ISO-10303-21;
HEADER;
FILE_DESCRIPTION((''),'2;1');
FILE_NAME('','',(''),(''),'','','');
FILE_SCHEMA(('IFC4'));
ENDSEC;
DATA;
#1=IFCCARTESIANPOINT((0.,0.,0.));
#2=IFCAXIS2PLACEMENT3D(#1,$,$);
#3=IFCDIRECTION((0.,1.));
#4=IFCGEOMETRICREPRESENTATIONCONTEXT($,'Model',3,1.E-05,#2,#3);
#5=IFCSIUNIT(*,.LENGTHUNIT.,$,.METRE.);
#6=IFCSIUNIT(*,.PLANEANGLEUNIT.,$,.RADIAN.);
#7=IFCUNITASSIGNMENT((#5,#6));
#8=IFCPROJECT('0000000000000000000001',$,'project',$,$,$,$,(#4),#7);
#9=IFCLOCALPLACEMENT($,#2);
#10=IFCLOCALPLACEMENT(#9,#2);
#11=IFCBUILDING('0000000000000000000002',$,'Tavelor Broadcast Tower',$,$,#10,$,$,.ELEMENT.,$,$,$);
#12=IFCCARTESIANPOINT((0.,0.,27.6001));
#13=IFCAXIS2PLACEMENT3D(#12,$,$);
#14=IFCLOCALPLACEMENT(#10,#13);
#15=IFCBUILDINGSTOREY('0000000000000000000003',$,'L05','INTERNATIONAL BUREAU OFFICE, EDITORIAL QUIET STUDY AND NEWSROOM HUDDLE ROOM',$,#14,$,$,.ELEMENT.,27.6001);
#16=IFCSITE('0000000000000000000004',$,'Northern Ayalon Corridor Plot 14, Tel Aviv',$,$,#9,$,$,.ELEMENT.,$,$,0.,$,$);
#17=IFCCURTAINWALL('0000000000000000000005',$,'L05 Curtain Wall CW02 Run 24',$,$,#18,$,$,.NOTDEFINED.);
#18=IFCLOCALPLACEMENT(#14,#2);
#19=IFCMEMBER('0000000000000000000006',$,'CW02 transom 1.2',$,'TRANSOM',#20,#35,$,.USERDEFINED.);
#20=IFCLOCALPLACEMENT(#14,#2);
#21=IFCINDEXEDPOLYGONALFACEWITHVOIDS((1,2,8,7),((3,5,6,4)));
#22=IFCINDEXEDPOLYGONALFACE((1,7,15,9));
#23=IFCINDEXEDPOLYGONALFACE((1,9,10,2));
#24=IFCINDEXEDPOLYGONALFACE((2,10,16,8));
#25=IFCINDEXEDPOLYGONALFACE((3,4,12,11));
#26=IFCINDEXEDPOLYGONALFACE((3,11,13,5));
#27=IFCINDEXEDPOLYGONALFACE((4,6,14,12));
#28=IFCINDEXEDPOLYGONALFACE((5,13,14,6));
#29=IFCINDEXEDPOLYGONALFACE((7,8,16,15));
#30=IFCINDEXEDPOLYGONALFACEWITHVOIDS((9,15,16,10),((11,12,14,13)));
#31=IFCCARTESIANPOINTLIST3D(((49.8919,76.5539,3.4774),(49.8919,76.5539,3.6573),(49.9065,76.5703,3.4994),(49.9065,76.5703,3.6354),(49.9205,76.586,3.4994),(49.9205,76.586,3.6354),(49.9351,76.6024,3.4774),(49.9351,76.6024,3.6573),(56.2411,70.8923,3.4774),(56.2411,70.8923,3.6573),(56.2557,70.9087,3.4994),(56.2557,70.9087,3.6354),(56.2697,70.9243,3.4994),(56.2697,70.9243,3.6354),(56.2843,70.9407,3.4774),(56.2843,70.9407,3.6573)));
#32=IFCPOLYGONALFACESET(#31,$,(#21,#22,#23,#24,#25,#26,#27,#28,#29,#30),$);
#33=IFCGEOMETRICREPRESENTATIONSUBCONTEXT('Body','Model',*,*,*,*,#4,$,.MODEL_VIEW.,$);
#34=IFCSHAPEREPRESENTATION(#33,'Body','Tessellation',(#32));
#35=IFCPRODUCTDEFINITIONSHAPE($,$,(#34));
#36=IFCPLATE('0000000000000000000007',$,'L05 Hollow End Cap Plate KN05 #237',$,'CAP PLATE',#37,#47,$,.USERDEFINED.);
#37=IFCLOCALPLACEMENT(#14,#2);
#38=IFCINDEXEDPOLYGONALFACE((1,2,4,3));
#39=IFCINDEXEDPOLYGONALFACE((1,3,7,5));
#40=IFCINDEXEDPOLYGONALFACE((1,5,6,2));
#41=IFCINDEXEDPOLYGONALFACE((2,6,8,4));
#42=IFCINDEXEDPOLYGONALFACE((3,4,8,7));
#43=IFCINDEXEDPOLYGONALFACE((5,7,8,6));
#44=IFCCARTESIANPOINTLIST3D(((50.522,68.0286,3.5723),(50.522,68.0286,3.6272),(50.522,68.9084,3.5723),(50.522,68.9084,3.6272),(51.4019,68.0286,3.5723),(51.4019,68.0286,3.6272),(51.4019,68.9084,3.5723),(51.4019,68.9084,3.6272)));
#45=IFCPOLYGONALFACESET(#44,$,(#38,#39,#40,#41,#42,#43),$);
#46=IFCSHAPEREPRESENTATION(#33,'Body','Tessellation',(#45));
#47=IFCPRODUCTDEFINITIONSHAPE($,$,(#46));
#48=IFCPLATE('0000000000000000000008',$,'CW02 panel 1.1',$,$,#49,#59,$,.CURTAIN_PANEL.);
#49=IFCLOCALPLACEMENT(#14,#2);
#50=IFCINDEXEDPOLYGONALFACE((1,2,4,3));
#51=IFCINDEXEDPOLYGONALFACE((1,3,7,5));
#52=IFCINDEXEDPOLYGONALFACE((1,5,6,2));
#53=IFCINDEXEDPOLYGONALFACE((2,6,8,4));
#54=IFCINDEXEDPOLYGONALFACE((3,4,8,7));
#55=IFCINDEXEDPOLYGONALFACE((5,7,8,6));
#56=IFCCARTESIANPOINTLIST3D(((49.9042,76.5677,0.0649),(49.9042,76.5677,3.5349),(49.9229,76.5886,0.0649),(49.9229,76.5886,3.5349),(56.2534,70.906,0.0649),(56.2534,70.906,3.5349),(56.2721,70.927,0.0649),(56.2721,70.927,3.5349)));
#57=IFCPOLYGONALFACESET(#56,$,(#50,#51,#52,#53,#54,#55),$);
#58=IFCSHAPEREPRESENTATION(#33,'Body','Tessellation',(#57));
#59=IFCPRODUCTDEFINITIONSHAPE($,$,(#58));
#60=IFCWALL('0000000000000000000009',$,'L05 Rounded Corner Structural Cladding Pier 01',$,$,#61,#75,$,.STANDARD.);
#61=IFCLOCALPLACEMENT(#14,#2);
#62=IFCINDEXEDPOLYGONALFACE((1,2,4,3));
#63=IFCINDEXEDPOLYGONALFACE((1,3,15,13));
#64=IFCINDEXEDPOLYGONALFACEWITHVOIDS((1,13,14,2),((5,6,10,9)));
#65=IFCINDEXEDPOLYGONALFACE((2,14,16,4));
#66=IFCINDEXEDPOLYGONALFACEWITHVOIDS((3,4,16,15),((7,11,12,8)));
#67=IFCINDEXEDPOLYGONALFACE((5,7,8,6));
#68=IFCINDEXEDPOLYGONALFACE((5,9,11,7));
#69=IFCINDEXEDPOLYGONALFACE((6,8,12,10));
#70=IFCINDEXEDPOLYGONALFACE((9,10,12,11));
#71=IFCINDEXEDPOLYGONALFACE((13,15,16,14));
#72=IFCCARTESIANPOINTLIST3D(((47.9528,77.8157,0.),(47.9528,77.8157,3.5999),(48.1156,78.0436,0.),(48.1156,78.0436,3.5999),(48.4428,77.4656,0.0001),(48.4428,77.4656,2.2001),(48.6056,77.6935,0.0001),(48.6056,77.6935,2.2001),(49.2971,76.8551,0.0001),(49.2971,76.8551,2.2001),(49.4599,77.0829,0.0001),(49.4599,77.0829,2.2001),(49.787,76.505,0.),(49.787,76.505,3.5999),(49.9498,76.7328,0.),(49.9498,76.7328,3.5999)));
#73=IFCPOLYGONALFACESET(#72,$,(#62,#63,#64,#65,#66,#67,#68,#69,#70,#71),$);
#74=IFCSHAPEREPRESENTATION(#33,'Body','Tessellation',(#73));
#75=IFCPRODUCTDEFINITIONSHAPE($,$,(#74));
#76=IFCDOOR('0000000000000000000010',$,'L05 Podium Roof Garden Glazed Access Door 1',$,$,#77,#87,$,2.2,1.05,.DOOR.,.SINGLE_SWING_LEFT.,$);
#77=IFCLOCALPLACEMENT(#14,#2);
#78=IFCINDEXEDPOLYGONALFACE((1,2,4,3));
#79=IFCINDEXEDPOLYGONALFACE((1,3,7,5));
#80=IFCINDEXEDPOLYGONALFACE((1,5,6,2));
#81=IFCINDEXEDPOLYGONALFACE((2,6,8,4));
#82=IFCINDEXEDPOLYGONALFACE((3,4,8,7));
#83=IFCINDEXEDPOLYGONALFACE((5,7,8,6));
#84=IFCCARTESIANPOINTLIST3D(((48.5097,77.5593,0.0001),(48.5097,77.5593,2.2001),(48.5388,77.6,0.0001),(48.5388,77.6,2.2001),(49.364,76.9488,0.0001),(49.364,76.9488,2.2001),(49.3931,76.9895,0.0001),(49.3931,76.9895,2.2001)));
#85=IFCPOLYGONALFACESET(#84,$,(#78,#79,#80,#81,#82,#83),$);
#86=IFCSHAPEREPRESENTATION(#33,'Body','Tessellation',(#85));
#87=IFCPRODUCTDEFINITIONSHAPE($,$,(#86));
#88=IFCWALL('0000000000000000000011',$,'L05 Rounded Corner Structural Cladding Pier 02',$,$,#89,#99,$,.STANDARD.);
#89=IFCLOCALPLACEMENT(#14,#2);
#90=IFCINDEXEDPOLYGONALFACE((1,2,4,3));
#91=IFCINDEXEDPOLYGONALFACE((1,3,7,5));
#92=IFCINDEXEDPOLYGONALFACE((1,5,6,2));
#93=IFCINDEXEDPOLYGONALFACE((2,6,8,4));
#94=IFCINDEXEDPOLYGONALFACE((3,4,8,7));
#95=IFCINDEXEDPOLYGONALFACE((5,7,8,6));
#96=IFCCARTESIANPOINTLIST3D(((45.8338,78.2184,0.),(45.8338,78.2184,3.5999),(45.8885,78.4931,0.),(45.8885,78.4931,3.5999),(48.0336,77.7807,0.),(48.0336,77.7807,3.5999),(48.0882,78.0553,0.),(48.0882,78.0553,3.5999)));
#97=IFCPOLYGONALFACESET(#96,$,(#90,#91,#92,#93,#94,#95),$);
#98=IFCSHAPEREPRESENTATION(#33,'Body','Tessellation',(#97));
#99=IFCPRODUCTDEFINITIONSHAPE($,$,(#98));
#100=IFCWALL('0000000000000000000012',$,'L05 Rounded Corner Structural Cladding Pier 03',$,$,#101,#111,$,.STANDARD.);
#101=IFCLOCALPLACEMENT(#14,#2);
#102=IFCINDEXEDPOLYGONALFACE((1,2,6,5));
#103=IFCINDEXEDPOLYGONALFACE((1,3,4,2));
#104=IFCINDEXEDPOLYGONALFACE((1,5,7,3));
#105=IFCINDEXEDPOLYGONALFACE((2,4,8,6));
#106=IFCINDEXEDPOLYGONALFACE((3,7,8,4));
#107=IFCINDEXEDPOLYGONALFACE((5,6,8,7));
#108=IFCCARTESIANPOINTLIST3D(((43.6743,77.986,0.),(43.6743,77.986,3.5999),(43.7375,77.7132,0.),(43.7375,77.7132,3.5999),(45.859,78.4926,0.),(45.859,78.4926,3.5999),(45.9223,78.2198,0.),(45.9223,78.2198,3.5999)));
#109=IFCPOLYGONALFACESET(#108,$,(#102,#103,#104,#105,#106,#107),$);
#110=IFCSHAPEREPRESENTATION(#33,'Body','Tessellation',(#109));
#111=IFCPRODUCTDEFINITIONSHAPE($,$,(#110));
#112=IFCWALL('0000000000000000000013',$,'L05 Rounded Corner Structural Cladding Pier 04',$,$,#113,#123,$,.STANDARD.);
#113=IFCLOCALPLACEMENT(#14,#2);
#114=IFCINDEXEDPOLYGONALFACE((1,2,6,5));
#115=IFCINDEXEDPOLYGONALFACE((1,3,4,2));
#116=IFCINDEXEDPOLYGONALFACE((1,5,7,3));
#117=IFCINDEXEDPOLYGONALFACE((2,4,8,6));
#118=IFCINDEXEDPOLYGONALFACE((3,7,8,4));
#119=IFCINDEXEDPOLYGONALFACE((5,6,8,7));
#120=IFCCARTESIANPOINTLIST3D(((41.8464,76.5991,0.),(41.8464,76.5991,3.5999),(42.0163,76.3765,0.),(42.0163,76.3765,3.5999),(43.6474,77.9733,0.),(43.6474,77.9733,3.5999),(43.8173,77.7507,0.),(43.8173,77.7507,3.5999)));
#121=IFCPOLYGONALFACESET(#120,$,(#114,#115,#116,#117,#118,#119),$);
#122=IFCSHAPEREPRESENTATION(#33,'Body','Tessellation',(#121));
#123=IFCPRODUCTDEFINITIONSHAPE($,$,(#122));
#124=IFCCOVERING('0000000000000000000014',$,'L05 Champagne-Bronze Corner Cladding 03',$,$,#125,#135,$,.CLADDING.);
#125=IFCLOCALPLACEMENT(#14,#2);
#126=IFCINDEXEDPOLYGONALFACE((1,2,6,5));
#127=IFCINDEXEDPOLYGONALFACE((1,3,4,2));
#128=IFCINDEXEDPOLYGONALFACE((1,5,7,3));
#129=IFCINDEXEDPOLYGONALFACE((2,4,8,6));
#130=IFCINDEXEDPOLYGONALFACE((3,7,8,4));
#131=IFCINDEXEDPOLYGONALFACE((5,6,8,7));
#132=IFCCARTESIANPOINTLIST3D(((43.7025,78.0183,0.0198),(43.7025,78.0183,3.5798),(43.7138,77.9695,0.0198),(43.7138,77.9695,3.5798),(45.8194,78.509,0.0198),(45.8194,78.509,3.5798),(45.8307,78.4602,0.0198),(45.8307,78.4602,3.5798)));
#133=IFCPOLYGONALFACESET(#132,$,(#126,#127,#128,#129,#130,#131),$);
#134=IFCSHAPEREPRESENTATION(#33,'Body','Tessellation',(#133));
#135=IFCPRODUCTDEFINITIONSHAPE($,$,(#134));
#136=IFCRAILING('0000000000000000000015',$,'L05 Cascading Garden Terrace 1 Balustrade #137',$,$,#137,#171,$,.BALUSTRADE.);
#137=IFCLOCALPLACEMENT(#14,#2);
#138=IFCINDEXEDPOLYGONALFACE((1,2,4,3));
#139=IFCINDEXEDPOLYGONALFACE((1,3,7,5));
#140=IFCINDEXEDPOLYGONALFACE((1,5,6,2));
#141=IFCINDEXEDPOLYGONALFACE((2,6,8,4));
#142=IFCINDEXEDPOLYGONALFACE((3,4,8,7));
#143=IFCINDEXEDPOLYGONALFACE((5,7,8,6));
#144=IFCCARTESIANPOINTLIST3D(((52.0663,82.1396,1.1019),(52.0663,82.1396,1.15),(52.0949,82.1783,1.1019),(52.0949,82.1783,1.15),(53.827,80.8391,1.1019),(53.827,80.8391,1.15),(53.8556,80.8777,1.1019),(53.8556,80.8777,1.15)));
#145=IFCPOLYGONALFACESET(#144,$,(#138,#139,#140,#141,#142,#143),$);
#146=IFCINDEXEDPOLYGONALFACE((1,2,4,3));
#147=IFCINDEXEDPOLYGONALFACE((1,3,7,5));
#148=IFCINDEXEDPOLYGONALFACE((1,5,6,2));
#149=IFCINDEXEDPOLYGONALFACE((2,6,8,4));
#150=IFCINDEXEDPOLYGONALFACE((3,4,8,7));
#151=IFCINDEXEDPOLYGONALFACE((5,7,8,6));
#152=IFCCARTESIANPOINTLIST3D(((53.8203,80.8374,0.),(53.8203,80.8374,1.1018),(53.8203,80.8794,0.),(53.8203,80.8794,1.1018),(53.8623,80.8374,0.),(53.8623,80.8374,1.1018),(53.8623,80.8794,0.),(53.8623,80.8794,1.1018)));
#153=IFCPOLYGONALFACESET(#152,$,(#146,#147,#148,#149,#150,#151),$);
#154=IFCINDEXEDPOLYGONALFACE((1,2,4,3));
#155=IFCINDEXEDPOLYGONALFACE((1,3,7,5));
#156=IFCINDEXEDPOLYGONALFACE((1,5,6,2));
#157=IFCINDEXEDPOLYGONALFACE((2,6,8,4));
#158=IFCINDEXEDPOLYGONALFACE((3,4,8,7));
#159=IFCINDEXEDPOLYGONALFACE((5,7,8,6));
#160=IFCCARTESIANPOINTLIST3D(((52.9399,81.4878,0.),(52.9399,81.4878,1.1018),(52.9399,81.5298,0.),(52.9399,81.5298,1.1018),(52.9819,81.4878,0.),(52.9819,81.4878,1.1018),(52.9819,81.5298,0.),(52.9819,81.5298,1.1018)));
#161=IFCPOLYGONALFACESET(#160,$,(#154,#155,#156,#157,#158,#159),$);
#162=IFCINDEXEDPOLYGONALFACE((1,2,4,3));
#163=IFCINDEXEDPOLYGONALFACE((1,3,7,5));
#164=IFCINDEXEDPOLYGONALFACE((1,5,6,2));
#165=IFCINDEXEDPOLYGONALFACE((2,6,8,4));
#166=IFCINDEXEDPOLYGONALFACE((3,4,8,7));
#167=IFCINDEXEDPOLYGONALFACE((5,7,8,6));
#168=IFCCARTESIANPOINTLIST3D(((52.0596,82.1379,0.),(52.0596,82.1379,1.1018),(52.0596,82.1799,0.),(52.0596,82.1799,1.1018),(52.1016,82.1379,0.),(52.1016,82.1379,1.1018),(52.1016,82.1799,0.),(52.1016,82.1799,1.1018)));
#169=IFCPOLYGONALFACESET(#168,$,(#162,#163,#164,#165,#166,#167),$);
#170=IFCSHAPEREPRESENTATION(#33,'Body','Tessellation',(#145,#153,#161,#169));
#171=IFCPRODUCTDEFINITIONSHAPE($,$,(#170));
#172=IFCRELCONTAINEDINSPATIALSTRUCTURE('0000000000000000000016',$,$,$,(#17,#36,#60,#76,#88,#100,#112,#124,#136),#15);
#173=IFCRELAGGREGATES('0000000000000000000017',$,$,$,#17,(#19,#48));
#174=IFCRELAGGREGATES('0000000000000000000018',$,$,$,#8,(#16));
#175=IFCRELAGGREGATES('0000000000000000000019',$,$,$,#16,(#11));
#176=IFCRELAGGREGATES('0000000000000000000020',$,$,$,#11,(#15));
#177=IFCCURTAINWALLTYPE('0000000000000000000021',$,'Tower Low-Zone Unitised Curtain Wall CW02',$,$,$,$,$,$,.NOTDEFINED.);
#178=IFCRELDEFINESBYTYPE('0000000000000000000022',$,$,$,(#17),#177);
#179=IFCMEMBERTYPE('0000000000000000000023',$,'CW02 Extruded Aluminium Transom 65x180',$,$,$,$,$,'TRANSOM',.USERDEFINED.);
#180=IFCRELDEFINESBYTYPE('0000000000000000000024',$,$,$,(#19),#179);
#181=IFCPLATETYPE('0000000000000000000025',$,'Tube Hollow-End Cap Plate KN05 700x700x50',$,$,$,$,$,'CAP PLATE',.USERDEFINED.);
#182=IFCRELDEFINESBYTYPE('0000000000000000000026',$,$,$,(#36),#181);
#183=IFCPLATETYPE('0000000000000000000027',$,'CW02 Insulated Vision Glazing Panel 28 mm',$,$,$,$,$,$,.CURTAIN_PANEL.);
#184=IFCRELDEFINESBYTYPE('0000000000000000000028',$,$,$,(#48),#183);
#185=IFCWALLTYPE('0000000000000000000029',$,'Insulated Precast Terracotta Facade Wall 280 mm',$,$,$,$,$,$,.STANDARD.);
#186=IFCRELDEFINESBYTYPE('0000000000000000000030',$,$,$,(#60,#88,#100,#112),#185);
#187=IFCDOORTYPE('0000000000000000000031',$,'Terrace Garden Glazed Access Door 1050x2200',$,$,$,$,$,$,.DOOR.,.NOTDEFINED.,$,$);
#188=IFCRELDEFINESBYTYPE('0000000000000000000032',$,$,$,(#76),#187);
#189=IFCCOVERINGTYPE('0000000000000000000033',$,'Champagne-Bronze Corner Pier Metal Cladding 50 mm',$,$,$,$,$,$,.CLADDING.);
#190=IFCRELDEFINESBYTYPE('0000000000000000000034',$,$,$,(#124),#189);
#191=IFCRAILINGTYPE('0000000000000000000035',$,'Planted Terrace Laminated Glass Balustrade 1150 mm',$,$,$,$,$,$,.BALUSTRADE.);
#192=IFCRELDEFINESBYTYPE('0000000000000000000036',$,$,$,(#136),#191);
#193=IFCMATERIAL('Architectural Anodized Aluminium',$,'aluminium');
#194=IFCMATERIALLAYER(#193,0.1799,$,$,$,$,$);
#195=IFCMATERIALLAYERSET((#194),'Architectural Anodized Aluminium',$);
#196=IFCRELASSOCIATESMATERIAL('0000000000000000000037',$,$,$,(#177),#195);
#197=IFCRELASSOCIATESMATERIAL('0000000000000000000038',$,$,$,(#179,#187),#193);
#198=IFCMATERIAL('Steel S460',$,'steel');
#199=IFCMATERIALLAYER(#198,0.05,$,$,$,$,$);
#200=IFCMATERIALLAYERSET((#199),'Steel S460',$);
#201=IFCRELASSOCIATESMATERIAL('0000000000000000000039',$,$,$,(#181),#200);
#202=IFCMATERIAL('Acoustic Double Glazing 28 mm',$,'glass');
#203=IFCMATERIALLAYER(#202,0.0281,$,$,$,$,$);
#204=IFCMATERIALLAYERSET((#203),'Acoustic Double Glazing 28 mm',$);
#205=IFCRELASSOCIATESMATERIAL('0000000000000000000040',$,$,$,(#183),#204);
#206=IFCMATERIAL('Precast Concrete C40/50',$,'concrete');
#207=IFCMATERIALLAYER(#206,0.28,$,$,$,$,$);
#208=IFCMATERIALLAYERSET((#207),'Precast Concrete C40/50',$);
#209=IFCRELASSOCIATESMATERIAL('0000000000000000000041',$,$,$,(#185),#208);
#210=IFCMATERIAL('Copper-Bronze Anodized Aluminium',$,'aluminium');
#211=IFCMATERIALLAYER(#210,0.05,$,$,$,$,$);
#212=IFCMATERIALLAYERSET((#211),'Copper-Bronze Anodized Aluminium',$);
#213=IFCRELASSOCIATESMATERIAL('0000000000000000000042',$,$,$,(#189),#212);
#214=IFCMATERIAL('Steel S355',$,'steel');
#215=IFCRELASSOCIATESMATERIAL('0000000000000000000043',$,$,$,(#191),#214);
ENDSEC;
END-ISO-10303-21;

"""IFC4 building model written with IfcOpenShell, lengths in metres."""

from ifc_helpers import new_model, si_unit, direction, frame, frame_2d, origin, origin_2d, place, context, subcontext, project, spatial, rectangle, hollow_rectangle, extrude, source, transform, mapped, material, layer, layer_set, material_profile, profile_set, type_object, type_shapes, element, fill, aggregate, save


model = new_model("IFC4")

# Units and contexts
model_context = context("Model", 3, precision=1e-05, world=origin(), true_north=direction((0.0, 1.0)))
body_context = subcontext(model_context, "Body", "Model", "MODEL_VIEW")
ifc_project = project(units=[si_unit("LENGTHUNIT", "METRE"), si_unit("PLANEANGLEUNIT", "RADIAN")], contexts=[model_context])

# Site, building, storey
site_placement = place(None, origin())
site = spatial("IfcSite", under=ifc_project, at=site_placement, Name="Northern Ayalon Corridor Plot 14, Tel Aviv", CompositionType="ELEMENT", RefElevation=0.0)
building_placement = place(site_placement, origin())
building = spatial("IfcBuilding", under=site, at=building_placement, Name="Tavelor Broadcast Tower", CompositionType="ELEMENT")
storey_placement = place(building_placement, frame((0.0, 0.0, 27.6001)))
storey = spatial("IfcBuildingStorey", under=building, at=storey_placement, Name="L05", Description="INTERNATIONAL BUREAU OFFICE, EDITORIAL QUIET STUDY AND NEWSROOM HUDDLE ROOM", CompositionType="ELEMENT", Elevation=27.6001)

# Shared definitions
ifc_material_1 = material(Name="Steel S460", Category="steel")

# Shared definitions
ifc_material_2 = material(Name="Steel S355", Category="steel")

# Shared definitions
ifc_material_3 = material(Name="Architectural Anodized Aluminium", Category="aluminium")
ifc_layer_1 = layer(ifc_material_3, 0.1799)
ifc_layer_set_1 = layer_set([ifc_layer_1], Name="Architectural Anodized Aluminium")
curtain_wall_type = type_object("IfcCurtainWallType", Name="Tower Low-Zone Unitised Curtain Wall CW02", PredefinedType="NOTDEFINED", material=ifc_layer_set_1)

# Curtain wall, member
curtain_wall_1_placement = place(storey_placement, origin())
curtain_wall_1 = element("IfcCurtainWall", 1, at=curtain_wall_1_placement, inside=storey, type_object=curtain_wall_type, Name="L05 Curtain Wall CW02 Run 24", PredefinedType="NOTDEFINED")
ifc_material_profile_1 = material_profile(ifc_material_3, hollow_rectangle(XDim=0.0649, YDim=0.1799, WallThickness=0.022, at=origin_2d()), Name="RHS 65x180x22")
ifc_profile_set_1 = profile_set([ifc_material_profile_1], Name="Architectural Anodized Aluminium")
member_type_1 = type_object("IfcMemberType", Name="CW02 Extruded Aluminium Transom 65x180", ElementType="TRANSOM", PredefinedType="USERDEFINED", material=ifc_profile_set_1)
shared_shape_1 = source(origin(), body_context, "Body", "SweptSolid", [
    extrude(hollow_rectangle(XDim=0.0649, YDim=0.1799, WallThickness=0.022, at=origin_2d()), origin(), (0.0, 0.0, 1.0), 8.5068),
])
type_shapes(member_type_1, [shared_shape_1])
member_1_placement = place(storey_placement, frame((56.2627, 70.9165, 3.5674), z_axis=(-0.74636, 0.665542, 0.0), x_axis=(-0.665542, -0.74636, 0.0)))
member_1 = element("IfcMember", 2, at=member_1_placement, type_object=member_type_1, Name="CW02 transom 1.2", ObjectType="TRANSOM", PredefinedType="USERDEFINED", context=body_context, shape_type="MappedRepresentation", body=[
    mapped(shared_shape_1, transform((0.0, 0.0, 0.0), scale=1.0)),
])

# Plates
ifc_layer_2 = layer(ifc_material_1, 0.05)
ifc_layer_set_2 = layer_set([ifc_layer_2], Name="Steel S460")
plate_type_1 = type_object("IfcPlateType", Name="Tube Hollow-End Cap Plate KN05 700x700x50", ElementType="CAP PLATE", PredefinedType="USERDEFINED", material=ifc_layer_set_2)
shared_shape_2 = source(origin(), body_context, "Body", "SweptSolid", [
    extrude(rectangle(XDim=0.8799, YDim=0.8799, at=origin_2d()), origin(), (0.0, 0.0, 1.0), 0.0549),
])
type_shapes(plate_type_1, [shared_shape_2])
plate_1_placement = place(storey_placement, frame((50.9619, 68.4685, 3.5723), z_axis=(0.0, 0.0, 1.0), x_axis=(1.0, 0.0, 0.0)))
element("IfcPlate", 3, at=plate_1_placement, inside=storey, type_object=plate_type_1, Name="L05 Hollow End Cap Plate KN05 #237", ObjectType="CAP PLATE", PredefinedType="USERDEFINED", context=body_context, shape_type="MappedRepresentation", body=[
    mapped(shared_shape_2, transform((0.0, 0.0, 0.0), scale=1.0)),
])
ifc_material_4 = material(Name="Acoustic Double Glazing 28 mm", Category="glass")
ifc_layer_3 = layer(ifc_material_4, 0.0281)
ifc_layer_set_3 = layer_set([ifc_layer_3], Name="Acoustic Double Glazing 28 mm")
plate_type_2 = type_object("IfcPlateType", Name="CW02 Insulated Vision Glazing Panel 28 mm", PredefinedType="CURTAIN_PANEL", material=ifc_layer_set_3)
shared_shape_3 = source(origin(), body_context, "Body", "SweptSolid", [
    extrude(rectangle(XDim=8.5068, YDim=0.0281, at=origin_2d()), origin(), (0.0, 0.0, 1.0), 3.47),
])
type_shapes(plate_type_2, [shared_shape_3])
plate_2_placement = place(storey_placement, frame((53.0881, 73.7473, 0.0649), z_axis=(0.0, 0.0, 1.0), x_axis=(-0.74636, 0.665542, 0.0)))
plate_2 = element("IfcPlate", 4, at=plate_2_placement, type_object=plate_type_2, Name="CW02 panel 1.1", PredefinedType="CURTAIN_PANEL", context=body_context, shape_type="MappedRepresentation", body=[
    mapped(shared_shape_3, transform((0.0, 0.0, 0.0), scale=1.0)),
])
aggregate(curtain_wall_1, [member_1, plate_2])

# Wall, opening, door
ifc_material_5 = material(Name="Precast Concrete C40/50", Category="concrete")
ifc_layer_4 = layer(ifc_material_5, 0.28)
ifc_layer_set_4 = layer_set([ifc_layer_4], Name="Precast Concrete C40/50")
wall_type = type_object("IfcWallType", Name="Insulated Precast Terracotta Facade Wall 280 mm", PredefinedType="STANDARD", material=ifc_layer_set_4)
wall_1_placement = place(storey_placement, frame((49.8684, 76.6189, 0.0), z_axis=(0.0, 0.0, 1.0), x_axis=(-0.813602, 0.581423, 0.0)))
wall_1 = element("IfcWall", 5, at=wall_1_placement, inside=storey, type_object=wall_type, Name="L05 Rounded Corner Structural Cladding Pier 01", PredefinedType="STANDARD", context=body_context, shape_type="SweptSolid", body=[
    extrude(rectangle(XDim=2.2544, YDim=0.28, at=frame_2d((1.1272, 0.0))), origin(), (0.0, 0.0, 1.0), 3.5999),
])
opening_placement = place(wall_1_placement, frame((0.6023, 0.0, 0.0)))
opening = element("IfcOpeningElement", 6, at=opening_placement, cuts=wall_1, PredefinedType="OPENING", context=body_context, shape_type="SweptSolid", body=[
    extrude(rectangle(XDim=1.05, YDim=2.2, at=frame_2d((0.5249, 1.1001))), frame((0.0, 0.1499, 0.0), z_axis=(0.0, -1.0, 0.0), x_axis=(1.0, 0.0, 0.0)), (0.0, 0.0, 1.0), 0.3),
])
door_type = type_object("IfcDoorType", Name="Terrace Garden Glazed Access Door 1050x2200", OperationType="NOTDEFINED", PredefinedType="DOOR", material=ifc_material_3)
door_placement = place(opening_placement, origin())
door = element("IfcDoor", 7, at=door_placement, inside=storey, type_object=door_type, Name="L05 Podium Roof Garden Glazed Access Door 1", OperationType="SINGLE_SWING_LEFT", OverallHeight=2.2, OverallWidth=1.05, PredefinedType="DOOR", context=body_context, shape_type="SweptSolid", body=[
    extrude(rectangle(XDim=1.05, YDim=2.2, at=frame_2d((0.5249, 1.1001))), frame((0.0, 0.0249, 0.0), z_axis=(0.0, -1.0, 0.0), x_axis=(1.0, 0.0, 0.0)), (0.0, 0.0, 1.0), 0.05),
])
fill(opening, door)

# Walls
wall_2_placement = place(storey_placement, frame((48.061, 77.918, 0.0), z_axis=(0.0, 0.0, 1.0), x_axis=(-0.980769, 0.195174, 0.0)))
element("IfcWall", 8, at=wall_2_placement, inside=storey, type_object=wall_type, Name="L05 Rounded Corner Structural Cladding Pier 02", PredefinedType="STANDARD", context=body_context, shape_type="SweptSolid", body=[
    extrude(rectangle(XDim=2.2429, YDim=0.28, at=frame_2d((1.1216, 0.0))), origin(), (0.0, 0.0, 1.0), 3.5999),
])
wall_3_placement = place(storey_placement, frame((45.8906, 78.3562, 0.0), z_axis=(0.0, 0.0, 1.0), x_axis=(-0.974156, -0.225877, 0.0)))
element("IfcWall", 9, at=wall_3_placement, inside=storey, type_object=wall_type, Name="L05 Rounded Corner Structural Cladding Pier 03", PredefinedType="STANDARD", context=body_context, shape_type="SweptSolid", body=[
    extrude(rectangle(XDim=2.2427, YDim=0.28, at=frame_2d((1.1213, 0.0))), origin(), (0.0, 0.0, 1.0), 3.5999),
])
wall_4_placement = place(storey_placement, frame((43.7324, 77.8621, 0.0), z_axis=(0.0, 0.0, 1.0), x_axis=(-0.794994, -0.606618, 0.0)))
element("IfcWall", 10, at=wall_4_placement, inside=storey, type_object=wall_type, Name="L05 Rounded Corner Structural Cladding Pier 04", PredefinedType="STANDARD", context=body_context, shape_type="SweptSolid", body=[
    extrude(rectangle(XDim=2.2654, YDim=0.28, at=frame_2d((1.1328, 0.0))), origin(), (0.0, 0.0, 1.0), 3.5999),
])

# Covering
ifc_material_6 = material(Name="Copper-Bronze Anodized Aluminium", Category="aluminium")
ifc_layer_5 = layer(ifc_material_6, 0.05)
ifc_layer_set_5 = layer_set([ifc_layer_5], Name="Copper-Bronze Anodized Aluminium")
covering_type = type_object("IfcCoveringType", Name="Champagne-Bronze Corner Pier Metal Cladding 50 mm", PredefinedType="CLADDING", material=ifc_layer_set_5)
covering_placement = place(storey_placement, frame((44.7666, 78.2393, 0.0198), z_axis=(0.0, 0.0, 1.0), x_axis=(-0.974173, -0.225801, 0.0)))
element("IfcCovering", 11, at=covering_placement, inside=storey, type_object=covering_type, Name="L05 Champagne-Bronze Corner Cladding 03", PredefinedType="CLADDING", context=body_context, shape_type="SweptSolid", body=[
    extrude(rectangle(XDim=2.1731, YDim=0.05, at=origin_2d()), origin(), (0.0, 0.0, 1.0), 3.5601),
])

# Railing
railing_type = type_object("IfcRailingType", Name="Planted Terrace Laminated Glass Balustrade 1150 mm", PredefinedType="BALUSTRADE", material=ifc_material_2)
railing_1_placement = place(storey_placement, frame((53.8413, 80.8584, 0.0)))
element("IfcRailing", 12, at=railing_1_placement, inside=storey, type_object=railing_type, Name="L05 Cascading Garden Terrace 1 Balustrade #137", PredefinedType="BALUSTRADE", context=body_context, shape_type="SweptSolid", body=[
    extrude(rectangle(XDim=0.0481, YDim=0.0481, at=origin_2d()), frame((0.0, 0.0, 1.126), z_axis=(-0.804368, 0.594131, 0.0), x_axis=(-0.594131, -0.804368, 0.0)), (0.0, 0.0, 1.0), 2.189),
    extrude(rectangle(XDim=0.042, YDim=0.042, at=origin_2d()), origin(), (0.0, 0.0, 1.0), 1.1018),
    extrude(rectangle(XDim=0.042, YDim=0.042, at=origin_2d()), frame((-0.8804, 0.6504, 0.0)), (0.0, 0.0, 1.0), 1.1018),
    extrude(rectangle(XDim=0.042, YDim=0.042, at=origin_2d()), frame((-1.7607, 1.3005, 0.0)), (0.0, 0.0, 1.0), 1.1018),
])

save(model, "model.ifc")
